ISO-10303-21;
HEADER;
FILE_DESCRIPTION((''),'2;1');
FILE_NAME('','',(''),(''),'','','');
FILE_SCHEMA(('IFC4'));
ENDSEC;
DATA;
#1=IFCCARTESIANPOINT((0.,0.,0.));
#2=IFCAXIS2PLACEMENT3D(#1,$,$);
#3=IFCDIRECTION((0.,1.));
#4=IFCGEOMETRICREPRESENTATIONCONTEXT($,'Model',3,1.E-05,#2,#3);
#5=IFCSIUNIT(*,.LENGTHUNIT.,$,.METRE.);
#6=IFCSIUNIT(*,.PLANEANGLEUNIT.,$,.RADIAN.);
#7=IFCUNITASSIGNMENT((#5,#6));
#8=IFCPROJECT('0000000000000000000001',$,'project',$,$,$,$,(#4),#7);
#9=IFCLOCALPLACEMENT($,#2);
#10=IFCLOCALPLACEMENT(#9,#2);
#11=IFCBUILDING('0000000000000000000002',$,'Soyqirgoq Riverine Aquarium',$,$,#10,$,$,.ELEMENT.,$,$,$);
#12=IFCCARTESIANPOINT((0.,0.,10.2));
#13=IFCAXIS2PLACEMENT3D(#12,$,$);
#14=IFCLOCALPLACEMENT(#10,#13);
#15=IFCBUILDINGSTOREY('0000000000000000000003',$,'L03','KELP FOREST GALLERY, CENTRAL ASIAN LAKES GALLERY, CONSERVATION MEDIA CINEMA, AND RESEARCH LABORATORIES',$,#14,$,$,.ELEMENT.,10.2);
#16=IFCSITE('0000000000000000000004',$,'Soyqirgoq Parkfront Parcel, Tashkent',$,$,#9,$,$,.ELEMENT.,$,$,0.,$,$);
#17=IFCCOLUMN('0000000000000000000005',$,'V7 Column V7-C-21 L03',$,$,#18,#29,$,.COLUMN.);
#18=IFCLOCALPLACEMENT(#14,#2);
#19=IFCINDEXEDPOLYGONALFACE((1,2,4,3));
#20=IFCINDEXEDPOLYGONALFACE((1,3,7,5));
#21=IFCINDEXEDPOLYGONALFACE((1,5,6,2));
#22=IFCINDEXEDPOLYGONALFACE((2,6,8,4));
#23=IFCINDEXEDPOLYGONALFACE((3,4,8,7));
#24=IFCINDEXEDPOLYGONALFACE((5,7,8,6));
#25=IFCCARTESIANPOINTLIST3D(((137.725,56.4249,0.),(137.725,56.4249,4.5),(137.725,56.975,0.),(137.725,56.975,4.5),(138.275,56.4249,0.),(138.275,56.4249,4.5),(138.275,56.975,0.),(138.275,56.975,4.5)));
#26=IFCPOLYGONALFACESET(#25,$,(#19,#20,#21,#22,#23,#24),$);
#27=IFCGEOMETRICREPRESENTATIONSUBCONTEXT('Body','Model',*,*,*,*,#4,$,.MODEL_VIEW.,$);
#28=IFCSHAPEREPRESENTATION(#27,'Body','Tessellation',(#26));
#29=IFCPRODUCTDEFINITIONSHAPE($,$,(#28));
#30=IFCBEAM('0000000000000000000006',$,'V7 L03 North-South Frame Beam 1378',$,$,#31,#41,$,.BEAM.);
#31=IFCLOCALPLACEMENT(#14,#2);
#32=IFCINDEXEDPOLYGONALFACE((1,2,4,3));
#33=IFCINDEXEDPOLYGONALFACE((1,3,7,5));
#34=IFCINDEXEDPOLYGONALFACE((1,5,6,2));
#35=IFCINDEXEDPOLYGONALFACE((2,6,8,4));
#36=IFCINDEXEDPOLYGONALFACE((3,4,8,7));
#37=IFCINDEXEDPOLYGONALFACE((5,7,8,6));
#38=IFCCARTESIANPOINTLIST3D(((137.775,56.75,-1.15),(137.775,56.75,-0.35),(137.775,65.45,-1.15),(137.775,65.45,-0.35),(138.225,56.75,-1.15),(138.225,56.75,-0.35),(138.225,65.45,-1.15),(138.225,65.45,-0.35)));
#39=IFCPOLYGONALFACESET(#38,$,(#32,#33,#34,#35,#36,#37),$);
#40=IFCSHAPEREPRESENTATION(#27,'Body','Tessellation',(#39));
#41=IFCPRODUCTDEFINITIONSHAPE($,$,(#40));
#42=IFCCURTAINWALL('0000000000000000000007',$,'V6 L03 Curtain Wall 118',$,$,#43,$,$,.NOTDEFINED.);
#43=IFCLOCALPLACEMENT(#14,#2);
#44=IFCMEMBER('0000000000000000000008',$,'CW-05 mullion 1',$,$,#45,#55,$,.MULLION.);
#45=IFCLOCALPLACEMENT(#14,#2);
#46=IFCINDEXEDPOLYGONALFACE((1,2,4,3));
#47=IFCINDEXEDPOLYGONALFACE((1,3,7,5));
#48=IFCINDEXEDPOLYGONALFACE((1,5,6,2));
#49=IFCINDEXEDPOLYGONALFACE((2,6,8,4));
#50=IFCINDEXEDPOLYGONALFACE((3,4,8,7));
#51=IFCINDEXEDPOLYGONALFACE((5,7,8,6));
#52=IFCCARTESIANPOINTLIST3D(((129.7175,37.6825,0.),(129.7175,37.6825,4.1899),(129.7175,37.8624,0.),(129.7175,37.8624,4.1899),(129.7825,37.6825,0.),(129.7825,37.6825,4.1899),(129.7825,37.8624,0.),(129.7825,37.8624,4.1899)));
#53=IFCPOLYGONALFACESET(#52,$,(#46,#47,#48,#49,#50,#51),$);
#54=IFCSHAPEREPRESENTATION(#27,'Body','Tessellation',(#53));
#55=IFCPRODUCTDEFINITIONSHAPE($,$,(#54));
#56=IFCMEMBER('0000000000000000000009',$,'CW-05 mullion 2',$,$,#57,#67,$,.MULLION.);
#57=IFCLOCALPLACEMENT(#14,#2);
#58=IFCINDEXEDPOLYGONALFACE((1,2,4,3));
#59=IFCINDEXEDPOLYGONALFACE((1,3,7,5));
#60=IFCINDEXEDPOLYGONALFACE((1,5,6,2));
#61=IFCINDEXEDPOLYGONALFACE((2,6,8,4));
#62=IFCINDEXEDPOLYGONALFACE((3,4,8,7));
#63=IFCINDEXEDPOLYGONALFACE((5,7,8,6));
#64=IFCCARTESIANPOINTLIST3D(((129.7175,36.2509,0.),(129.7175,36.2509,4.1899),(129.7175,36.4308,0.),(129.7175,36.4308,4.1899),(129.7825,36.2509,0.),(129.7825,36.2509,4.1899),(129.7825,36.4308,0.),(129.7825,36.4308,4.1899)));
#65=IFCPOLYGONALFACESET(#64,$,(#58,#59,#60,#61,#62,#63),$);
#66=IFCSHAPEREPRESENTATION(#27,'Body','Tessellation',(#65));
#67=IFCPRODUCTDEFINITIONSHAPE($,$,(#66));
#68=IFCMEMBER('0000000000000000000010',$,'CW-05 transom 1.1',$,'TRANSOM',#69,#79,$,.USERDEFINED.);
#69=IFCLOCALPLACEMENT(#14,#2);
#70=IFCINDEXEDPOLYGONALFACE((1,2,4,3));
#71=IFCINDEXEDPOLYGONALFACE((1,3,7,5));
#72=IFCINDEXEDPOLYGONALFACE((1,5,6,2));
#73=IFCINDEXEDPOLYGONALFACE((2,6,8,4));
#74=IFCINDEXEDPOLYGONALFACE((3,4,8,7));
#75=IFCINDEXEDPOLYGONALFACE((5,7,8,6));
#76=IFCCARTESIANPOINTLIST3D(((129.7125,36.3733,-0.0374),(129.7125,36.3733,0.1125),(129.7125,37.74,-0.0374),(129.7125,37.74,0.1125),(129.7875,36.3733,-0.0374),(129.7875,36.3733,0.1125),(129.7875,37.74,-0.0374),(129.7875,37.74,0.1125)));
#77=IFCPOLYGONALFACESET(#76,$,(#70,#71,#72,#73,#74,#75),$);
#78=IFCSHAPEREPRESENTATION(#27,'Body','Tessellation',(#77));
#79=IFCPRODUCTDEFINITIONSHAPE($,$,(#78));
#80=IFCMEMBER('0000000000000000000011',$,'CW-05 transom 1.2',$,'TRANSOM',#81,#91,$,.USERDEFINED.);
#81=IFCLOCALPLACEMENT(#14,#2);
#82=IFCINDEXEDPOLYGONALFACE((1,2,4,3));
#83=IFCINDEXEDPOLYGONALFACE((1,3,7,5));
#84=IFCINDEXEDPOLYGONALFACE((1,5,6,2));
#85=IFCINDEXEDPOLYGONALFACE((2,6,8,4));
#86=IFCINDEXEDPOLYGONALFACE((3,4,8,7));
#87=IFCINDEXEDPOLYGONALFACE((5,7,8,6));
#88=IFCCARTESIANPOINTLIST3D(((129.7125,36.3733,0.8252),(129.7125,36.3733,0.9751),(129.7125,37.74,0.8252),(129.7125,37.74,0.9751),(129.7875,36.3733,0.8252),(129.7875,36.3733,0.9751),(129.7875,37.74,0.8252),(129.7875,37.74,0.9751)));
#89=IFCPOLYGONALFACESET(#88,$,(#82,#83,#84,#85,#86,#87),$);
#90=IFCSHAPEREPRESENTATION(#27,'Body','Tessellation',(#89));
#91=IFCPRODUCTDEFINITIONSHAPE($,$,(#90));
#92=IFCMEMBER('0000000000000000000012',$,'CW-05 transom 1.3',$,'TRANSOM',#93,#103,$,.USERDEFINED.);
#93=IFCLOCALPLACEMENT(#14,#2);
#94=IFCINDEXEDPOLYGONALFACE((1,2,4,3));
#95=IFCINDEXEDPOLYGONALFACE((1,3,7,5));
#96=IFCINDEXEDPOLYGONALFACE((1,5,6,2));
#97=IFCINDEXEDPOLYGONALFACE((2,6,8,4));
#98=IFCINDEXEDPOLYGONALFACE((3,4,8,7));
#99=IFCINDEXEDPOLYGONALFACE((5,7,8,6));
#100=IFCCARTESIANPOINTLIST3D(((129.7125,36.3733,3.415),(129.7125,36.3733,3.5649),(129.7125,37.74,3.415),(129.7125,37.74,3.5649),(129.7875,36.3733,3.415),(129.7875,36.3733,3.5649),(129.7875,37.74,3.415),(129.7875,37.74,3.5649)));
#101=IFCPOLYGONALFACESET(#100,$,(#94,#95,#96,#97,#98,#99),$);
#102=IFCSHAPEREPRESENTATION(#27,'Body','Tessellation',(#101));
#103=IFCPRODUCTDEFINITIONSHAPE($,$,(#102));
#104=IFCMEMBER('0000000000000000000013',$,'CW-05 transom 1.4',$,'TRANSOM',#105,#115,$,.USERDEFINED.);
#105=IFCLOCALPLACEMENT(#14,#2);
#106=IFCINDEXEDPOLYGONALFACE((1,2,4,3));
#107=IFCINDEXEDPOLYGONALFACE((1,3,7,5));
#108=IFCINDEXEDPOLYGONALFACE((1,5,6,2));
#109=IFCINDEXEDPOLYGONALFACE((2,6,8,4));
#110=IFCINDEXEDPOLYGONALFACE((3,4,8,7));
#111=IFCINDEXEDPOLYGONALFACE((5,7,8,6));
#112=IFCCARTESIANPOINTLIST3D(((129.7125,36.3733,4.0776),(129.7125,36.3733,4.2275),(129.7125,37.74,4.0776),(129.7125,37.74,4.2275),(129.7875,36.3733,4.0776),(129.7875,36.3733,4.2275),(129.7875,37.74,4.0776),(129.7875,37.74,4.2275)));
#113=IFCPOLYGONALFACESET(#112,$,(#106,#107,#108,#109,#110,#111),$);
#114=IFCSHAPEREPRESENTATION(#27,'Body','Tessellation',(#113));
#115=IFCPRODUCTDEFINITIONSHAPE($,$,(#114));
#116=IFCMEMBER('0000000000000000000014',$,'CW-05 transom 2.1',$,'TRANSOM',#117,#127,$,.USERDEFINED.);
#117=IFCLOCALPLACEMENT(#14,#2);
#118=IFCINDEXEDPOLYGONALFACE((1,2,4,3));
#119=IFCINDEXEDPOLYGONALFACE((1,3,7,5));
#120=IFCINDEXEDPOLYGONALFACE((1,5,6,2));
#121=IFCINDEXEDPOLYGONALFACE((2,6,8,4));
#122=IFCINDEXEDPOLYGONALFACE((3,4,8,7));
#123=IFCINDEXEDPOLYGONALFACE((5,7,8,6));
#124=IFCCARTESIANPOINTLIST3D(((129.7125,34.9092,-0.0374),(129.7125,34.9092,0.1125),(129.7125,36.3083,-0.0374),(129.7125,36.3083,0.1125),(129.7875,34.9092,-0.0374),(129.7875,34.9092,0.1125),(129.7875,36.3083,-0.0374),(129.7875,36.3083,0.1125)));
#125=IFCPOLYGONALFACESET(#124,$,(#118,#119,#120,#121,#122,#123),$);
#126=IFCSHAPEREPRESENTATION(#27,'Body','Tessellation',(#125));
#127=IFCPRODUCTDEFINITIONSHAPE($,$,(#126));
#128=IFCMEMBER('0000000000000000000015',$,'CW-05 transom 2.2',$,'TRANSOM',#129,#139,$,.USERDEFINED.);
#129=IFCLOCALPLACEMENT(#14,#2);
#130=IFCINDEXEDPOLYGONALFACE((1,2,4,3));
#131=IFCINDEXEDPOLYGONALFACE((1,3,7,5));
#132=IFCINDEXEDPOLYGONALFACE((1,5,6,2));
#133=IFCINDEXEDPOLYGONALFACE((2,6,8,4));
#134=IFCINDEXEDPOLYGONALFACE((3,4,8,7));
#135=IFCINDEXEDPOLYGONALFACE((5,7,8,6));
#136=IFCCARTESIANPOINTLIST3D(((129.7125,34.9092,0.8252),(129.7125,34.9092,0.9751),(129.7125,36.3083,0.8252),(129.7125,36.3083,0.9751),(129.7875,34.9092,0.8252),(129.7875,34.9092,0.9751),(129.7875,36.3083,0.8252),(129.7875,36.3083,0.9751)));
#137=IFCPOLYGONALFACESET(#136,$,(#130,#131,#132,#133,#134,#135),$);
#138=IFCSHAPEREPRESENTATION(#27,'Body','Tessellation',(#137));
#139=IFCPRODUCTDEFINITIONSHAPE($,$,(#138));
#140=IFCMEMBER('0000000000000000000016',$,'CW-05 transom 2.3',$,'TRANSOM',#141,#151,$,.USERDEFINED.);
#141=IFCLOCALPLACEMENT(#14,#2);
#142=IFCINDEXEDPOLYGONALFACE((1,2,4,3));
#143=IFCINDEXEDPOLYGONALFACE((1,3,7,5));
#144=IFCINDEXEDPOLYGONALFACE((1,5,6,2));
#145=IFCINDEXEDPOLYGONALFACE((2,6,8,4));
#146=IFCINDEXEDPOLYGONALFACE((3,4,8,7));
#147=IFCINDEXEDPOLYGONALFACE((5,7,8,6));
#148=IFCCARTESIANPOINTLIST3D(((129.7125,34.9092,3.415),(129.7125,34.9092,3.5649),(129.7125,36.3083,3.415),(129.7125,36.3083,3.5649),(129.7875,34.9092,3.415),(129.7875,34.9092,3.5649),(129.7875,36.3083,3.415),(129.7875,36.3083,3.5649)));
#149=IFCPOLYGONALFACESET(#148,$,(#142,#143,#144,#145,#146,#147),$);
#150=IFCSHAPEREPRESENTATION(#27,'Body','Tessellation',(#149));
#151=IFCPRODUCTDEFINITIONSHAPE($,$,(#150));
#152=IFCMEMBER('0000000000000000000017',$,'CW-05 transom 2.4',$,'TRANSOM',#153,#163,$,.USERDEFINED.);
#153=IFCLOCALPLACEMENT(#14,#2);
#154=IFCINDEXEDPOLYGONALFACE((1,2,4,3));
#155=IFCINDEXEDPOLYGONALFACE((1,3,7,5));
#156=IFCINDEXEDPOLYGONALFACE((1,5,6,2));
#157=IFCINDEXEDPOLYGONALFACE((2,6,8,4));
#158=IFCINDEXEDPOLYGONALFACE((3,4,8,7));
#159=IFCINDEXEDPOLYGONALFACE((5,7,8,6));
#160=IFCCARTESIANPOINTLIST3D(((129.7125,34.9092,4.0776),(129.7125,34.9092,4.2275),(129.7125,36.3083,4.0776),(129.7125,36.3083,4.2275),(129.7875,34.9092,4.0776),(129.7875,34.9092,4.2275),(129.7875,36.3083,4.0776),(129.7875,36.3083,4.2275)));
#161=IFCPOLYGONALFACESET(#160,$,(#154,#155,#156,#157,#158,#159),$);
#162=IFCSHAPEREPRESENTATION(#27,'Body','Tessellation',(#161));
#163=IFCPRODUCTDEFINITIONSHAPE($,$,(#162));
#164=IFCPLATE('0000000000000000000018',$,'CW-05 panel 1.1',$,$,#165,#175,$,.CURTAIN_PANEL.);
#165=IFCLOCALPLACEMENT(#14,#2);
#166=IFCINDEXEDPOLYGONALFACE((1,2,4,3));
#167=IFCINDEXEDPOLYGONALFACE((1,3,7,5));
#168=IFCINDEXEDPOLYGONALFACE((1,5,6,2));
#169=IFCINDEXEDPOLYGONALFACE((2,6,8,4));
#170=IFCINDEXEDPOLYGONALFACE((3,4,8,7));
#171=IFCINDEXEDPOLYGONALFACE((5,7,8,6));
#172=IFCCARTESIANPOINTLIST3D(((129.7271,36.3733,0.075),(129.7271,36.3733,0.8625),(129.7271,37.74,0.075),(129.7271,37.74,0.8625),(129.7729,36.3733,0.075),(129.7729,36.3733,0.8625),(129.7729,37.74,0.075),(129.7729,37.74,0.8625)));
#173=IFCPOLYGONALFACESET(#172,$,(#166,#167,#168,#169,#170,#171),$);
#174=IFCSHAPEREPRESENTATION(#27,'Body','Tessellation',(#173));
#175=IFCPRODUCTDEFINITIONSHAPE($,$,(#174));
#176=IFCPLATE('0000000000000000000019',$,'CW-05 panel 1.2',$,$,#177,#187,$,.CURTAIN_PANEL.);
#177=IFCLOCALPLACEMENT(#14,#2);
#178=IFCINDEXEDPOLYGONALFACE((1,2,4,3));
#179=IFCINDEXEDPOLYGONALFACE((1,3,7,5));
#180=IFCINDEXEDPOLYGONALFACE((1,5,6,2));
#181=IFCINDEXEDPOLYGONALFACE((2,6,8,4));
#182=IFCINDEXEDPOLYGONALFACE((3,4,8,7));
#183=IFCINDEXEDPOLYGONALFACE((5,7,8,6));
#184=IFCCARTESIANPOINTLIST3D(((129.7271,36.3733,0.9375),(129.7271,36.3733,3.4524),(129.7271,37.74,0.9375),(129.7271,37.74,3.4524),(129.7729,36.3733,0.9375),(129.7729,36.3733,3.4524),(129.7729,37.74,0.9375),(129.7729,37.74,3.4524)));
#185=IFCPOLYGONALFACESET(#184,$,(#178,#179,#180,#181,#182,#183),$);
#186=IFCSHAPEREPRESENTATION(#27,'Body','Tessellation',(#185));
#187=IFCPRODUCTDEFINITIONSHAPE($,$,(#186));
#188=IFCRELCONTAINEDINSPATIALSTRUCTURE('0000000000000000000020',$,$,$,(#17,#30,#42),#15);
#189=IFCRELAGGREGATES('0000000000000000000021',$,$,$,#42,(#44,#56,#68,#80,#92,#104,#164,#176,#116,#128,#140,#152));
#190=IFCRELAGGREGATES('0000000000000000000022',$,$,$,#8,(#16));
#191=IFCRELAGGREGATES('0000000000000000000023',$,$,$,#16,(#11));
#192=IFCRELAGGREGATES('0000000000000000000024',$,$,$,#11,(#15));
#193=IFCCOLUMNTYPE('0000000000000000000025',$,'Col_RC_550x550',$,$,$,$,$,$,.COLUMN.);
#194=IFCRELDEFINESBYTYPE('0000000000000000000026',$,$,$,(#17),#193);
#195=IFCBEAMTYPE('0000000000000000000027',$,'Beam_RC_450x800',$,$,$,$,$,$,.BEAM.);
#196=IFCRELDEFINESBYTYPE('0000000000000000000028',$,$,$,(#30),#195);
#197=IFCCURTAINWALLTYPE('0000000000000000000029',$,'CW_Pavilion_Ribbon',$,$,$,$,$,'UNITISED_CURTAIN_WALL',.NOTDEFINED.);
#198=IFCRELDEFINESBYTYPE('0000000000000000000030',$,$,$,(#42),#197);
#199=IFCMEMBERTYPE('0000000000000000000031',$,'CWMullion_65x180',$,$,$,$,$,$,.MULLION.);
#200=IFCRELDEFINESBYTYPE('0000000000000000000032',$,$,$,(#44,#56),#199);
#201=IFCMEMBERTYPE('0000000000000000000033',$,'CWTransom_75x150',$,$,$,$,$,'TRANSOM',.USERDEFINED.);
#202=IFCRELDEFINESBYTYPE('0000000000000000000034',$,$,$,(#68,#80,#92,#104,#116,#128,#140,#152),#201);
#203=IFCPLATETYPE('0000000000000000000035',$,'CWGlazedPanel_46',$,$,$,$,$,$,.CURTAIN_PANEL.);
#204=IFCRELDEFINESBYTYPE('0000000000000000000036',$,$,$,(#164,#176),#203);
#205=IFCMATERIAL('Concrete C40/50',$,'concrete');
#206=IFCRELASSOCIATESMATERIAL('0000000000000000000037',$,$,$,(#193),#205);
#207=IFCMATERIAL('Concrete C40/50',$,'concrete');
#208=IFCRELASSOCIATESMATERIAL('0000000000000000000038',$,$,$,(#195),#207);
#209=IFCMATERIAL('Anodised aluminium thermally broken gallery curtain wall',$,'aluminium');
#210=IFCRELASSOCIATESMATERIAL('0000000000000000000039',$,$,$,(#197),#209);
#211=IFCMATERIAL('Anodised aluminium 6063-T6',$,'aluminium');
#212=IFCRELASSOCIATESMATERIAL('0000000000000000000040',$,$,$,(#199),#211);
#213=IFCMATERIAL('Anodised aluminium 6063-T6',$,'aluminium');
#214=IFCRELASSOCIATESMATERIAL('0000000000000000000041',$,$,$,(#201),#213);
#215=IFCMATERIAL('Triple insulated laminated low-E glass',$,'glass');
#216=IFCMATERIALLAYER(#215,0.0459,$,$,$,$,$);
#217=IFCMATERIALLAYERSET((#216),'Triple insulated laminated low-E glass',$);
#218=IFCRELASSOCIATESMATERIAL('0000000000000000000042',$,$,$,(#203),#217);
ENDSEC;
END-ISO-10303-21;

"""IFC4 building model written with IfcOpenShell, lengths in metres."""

from ifc_helpers import new_model, si_unit, direction, frame, origin, origin_2d, place, context, subcontext, project, spatial, rectangle, extrude, material, layer, layer_set, material_profile, profile_set, type_object, element, aggregate, save


model = new_model("IFC4")

# Units and contexts
model_context = context("Model", 3, precision=1e-05, world=origin(), true_north=direction((0.0, 1.0)))
body_context = subcontext(model_context, "Body", "Model", "MODEL_VIEW")
ifc_project = project(units=[si_unit("LENGTHUNIT", "METRE"), si_unit("PLANEANGLEUNIT", "RADIAN")], contexts=[model_context])

# Site, building, storey
site_placement = place(None, origin())
site = spatial("IfcSite", under=ifc_project, at=site_placement, Name="Soyqirgoq Parkfront Parcel, Tashkent", CompositionType="ELEMENT", RefElevation=0.0)
building_placement = place(site_placement, origin())
building = spatial("IfcBuilding", under=site, at=building_placement, Name="Soyqirgoq Riverine Aquarium", CompositionType="ELEMENT")
storey_placement = place(building_placement, frame((0.0, 0.0, 10.2)))
storey = spatial("IfcBuildingStorey", under=building, at=storey_placement, Name="L03", Description="KELP FOREST GALLERY, CENTRAL ASIAN LAKES GALLERY, CONSERVATION MEDIA CINEMA, AND RESEARCH LABORATORIES", CompositionType="ELEMENT", Elevation=10.2)

# Column
ifc_material_1 = material(Name="Concrete C40/50", Category="concrete")
ifc_material_profile_1 = material_profile(ifc_material_1, rectangle(XDim=0.55, YDim=0.55, at=origin_2d()), Name="RC 550x550")
ifc_profile_set_1 = profile_set([ifc_material_profile_1], Name="Concrete C40/50")
column_type = type_object("IfcColumnType", Name="Col_RC_550x550", PredefinedType="COLUMN", material=ifc_profile_set_1)
column_placement = place(storey_placement, frame((138.0, 56.7, 0.0), z_axis=(0.0, 0.0, 1.0), x_axis=(1.0, 0.0, 0.0)))
element("IfcColumn", 1, at=column_placement, inside=storey, type_object=column_type, Name="V7 Column V7-C-21 L03", PredefinedType="COLUMN", context=body_context, shape_type="SweptSolid", body=[
    extrude(rectangle(XDim=0.55, YDim=0.55, at=origin_2d()), origin(), (0.0, 0.0, 1.0), 4.5),
])

# Beam
ifc_material_2 = material(Name="Concrete C40/50", Category="concrete")
ifc_material_profile_2 = material_profile(ifc_material_2, rectangle(XDim=0.45, YDim=0.8, at=origin_2d()), Name="RC 450x800")
ifc_profile_set_2 = profile_set([ifc_material_profile_2], Name="Concrete C40/50")
beam_type = type_object("IfcBeamType", Name="Beam_RC_450x800", PredefinedType="BEAM", material=ifc_profile_set_2)
beam_placement = place(storey_placement, frame((138.0, 56.75, -0.75), z_axis=(0.0, 1.0, 0.0), x_axis=(-1.0, 0.0, 0.0)))
element("IfcBeam", 2, at=beam_placement, inside=storey, type_object=beam_type, Name="V7 L03 North-South Frame Beam 1378", PredefinedType="BEAM", context=body_context, shape_type="SweptSolid", body=[
    extrude(rectangle(XDim=0.45, YDim=0.8, at=origin_2d()), origin(), (0.0, 0.0, 1.0), 8.7),
])

# Curtain wall, members, plates
ifc_material_3 = material(Name="Anodised aluminium thermally broken gallery curtain wall", Category="aluminium")
curtain_wall_type = type_object("IfcCurtainWallType", Name="CW_Pavilion_Ribbon", ElementType="UNITISED_CURTAIN_WALL", PredefinedType="NOTDEFINED", material=ifc_material_3)
curtain_wall_placement = place(storey_placement, origin())
curtain_wall = element("IfcCurtainWall", 3, at=curtain_wall_placement, inside=storey, type_object=curtain_wall_type, Name="V6 L03 Curtain Wall 118", PredefinedType="NOTDEFINED")
ifc_material_4 = material(Name="Anodised aluminium 6063-T6", Category="aluminium")
ifc_material_profile_3 = material_profile(ifc_material_4, rectangle(XDim=0.0649, YDim=0.1799, at=origin_2d()), Name="ALU-M 65x180")
ifc_profile_set_3 = profile_set([ifc_material_profile_3], Name="Anodised aluminium 6063-T6")
member_type_1 = type_object("IfcMemberType", Name="CWMullion_65x180", PredefinedType="MULLION", material=ifc_profile_set_3)
member_1_placement = place(storey_placement, frame((129.75, 37.7725, 0.0), z_axis=(0.0, 0.0, 1.0), x_axis=(1.0, 0.0, 0.0)))
member_1 = element("IfcMember", 4, at=member_1_placement, type_object=member_type_1, Name="CW-05 mullion 1", PredefinedType="MULLION", context=body_context, shape_type="SweptSolid", body=[
    extrude(rectangle(XDim=0.0649, YDim=0.1799, at=origin_2d()), origin(), (0.0, 0.0, 1.0), 4.1899),
])
member_2_placement = place(storey_placement, frame((129.75, 36.3408, 0.0), z_axis=(0.0, 0.0, 1.0), x_axis=(1.0, 0.0, 0.0)))
member_2 = element("IfcMember", 5, at=member_2_placement, type_object=member_type_1, Name="CW-05 mullion 2", PredefinedType="MULLION", context=body_context, shape_type="SweptSolid", body=[
    extrude(rectangle(XDim=0.0649, YDim=0.1799, at=origin_2d()), origin(), (0.0, 0.0, 1.0), 4.1899),
])
ifc_material_5 = material(Name="Anodised aluminium 6063-T6", Category="aluminium")
ifc_material_profile_4 = material_profile(ifc_material_5, rectangle(XDim=0.075, YDim=0.1499, at=origin_2d()), Name="ALU-T 75x150")
ifc_profile_set_4 = profile_set([ifc_material_profile_4], Name="Anodised aluminium 6063-T6")
member_type_2 = type_object("IfcMemberType", Name="CWTransom_75x150", ElementType="TRANSOM", PredefinedType="USERDEFINED", material=ifc_profile_set_4)
member_3_placement = place(storey_placement, frame((129.75, 37.74, 0.0376), z_axis=(0.0, -1.0, 0.0), x_axis=(1.0, 0.0, 0.0)))
member_3 = element("IfcMember", 6, at=member_3_placement, type_object=member_type_2, Name="CW-05 transom 1.1", ObjectType="TRANSOM", PredefinedType="USERDEFINED", context=body_context, shape_type="SweptSolid", body=[
    extrude(rectangle(XDim=0.075, YDim=0.1499, at=origin_2d()), origin(), (0.0, 0.0, 1.0), 1.3667),
])
member_4_placement = place(storey_placement, frame((129.75, 37.74, 0.9001), z_axis=(0.0, -1.0, 0.0), x_axis=(1.0, 0.0, 0.0)))
member_4 = element("IfcMember", 7, at=member_4_placement, type_object=member_type_2, Name="CW-05 transom 1.2", ObjectType="TRANSOM", PredefinedType="USERDEFINED", context=body_context, shape_type="SweptSolid", body=[
    extrude(rectangle(XDim=0.075, YDim=0.1499, at=origin_2d()), origin(), (0.0, 0.0, 1.0), 1.3667),
])
member_5_placement = place(storey_placement, frame((129.75, 37.74, 3.49), z_axis=(0.0, -1.0, 0.0), x_axis=(1.0, 0.0, 0.0)))
member_5 = element("IfcMember", 8, at=member_5_placement, type_object=member_type_2, Name="CW-05 transom 1.3", ObjectType="TRANSOM", PredefinedType="USERDEFINED", context=body_context, shape_type="SweptSolid", body=[
    extrude(rectangle(XDim=0.075, YDim=0.1499, at=origin_2d()), origin(), (0.0, 0.0, 1.0), 1.3667),
])
member_6_placement = place(storey_placement, frame((129.75, 37.74, 4.1526), z_axis=(0.0, -1.0, 0.0), x_axis=(1.0, 0.0, 0.0)))
member_6 = element("IfcMember", 9, at=member_6_placement, type_object=member_type_2, Name="CW-05 transom 1.4", ObjectType="TRANSOM", PredefinedType="USERDEFINED", context=body_context, shape_type="SweptSolid", body=[
    extrude(rectangle(XDim=0.075, YDim=0.1499, at=origin_2d()), origin(), (0.0, 0.0, 1.0), 1.3667),
])
member_7_placement = place(storey_placement, frame((129.75, 36.3083, 0.0376), z_axis=(0.0, -1.0, 0.0), x_axis=(1.0, 0.0, 0.0)))
member_7 = element("IfcMember", 10, at=member_7_placement, type_object=member_type_2, Name="CW-05 transom 2.1", ObjectType="TRANSOM", PredefinedType="USERDEFINED", context=body_context, shape_type="SweptSolid", body=[
    extrude(rectangle(XDim=0.075, YDim=0.1499, at=origin_2d()), origin(), (0.0, 0.0, 1.0), 1.3992),
])
member_8_placement = place(storey_placement, frame((129.75, 36.3083, 0.9001), z_axis=(0.0, -1.0, 0.0), x_axis=(1.0, 0.0, 0.0)))
member_8 = element("IfcMember", 11, at=member_8_placement, type_object=member_type_2, Name="CW-05 transom 2.2", ObjectType="TRANSOM", PredefinedType="USERDEFINED", context=body_context, shape_type="SweptSolid", body=[
    extrude(rectangle(XDim=0.075, YDim=0.1499, at=origin_2d()), origin(), (0.0, 0.0, 1.0), 1.3992),
])
member_9_placement = place(storey_placement, frame((129.75, 36.3083, 3.49), z_axis=(0.0, -1.0, 0.0), x_axis=(1.0, 0.0, 0.0)))
member_9 = element("IfcMember", 12, at=member_9_placement, type_object=member_type_2, Name="CW-05 transom 2.3", ObjectType="TRANSOM", PredefinedType="USERDEFINED", context=body_context, shape_type="SweptSolid", body=[
    extrude(rectangle(XDim=0.075, YDim=0.1499, at=origin_2d()), origin(), (0.0, 0.0, 1.0), 1.3992),
])
member_10_placement = place(storey_placement, frame((129.75, 36.3083, 4.1526), z_axis=(0.0, -1.0, 0.0), x_axis=(1.0, 0.0, 0.0)))
member_10 = element("IfcMember", 13, at=member_10_placement, type_object=member_type_2, Name="CW-05 transom 2.4", ObjectType="TRANSOM", PredefinedType="USERDEFINED", context=body_context, shape_type="SweptSolid", body=[
    extrude(rectangle(XDim=0.075, YDim=0.1499, at=origin_2d()), origin(), (0.0, 0.0, 1.0), 1.3992),
])
ifc_material_6 = material(Name="Triple insulated laminated low-E glass", Category="glass")
ifc_layer = layer(ifc_material_6, 0.0459)
ifc_layer_set = layer_set([ifc_layer], Name="Triple insulated laminated low-E glass")
plate_type = type_object("IfcPlateType", Name="CWGlazedPanel_46", PredefinedType="CURTAIN_PANEL", material=ifc_layer_set)
plate_1_placement = place(storey_placement, frame((129.75, 37.0566, 0.075), z_axis=(0.0, 0.0, 1.0), x_axis=(0.0, -1.0, 0.0)))
plate_1 = element("IfcPlate", 14, at=plate_1_placement, type_object=plate_type, Name="CW-05 panel 1.1", PredefinedType="CURTAIN_PANEL", context=body_context, shape_type="SweptSolid", body=[
    extrude(rectangle(XDim=1.3667, YDim=0.0459, at=origin_2d()), origin(), (0.0, 0.0, 1.0), 0.7876),
])
plate_2_placement = place(storey_placement, frame((129.75, 37.0566, 0.9375), z_axis=(0.0, 0.0, 1.0), x_axis=(0.0, -1.0, 0.0)))
plate_2 = element("IfcPlate", 15, at=plate_2_placement, type_object=plate_type, Name="CW-05 panel 1.2", PredefinedType="CURTAIN_PANEL", context=body_context, shape_type="SweptSolid", body=[
    extrude(rectangle(XDim=1.3667, YDim=0.0459, at=origin_2d()), origin(), (0.0, 0.0, 1.0), 2.5149),
])
aggregate(curtain_wall, [member_1, member_2, member_3, member_4, member_5, member_6, plate_1, plate_2, member_7, member_8, member_9, member_10])

save(model, "model.ifc")
